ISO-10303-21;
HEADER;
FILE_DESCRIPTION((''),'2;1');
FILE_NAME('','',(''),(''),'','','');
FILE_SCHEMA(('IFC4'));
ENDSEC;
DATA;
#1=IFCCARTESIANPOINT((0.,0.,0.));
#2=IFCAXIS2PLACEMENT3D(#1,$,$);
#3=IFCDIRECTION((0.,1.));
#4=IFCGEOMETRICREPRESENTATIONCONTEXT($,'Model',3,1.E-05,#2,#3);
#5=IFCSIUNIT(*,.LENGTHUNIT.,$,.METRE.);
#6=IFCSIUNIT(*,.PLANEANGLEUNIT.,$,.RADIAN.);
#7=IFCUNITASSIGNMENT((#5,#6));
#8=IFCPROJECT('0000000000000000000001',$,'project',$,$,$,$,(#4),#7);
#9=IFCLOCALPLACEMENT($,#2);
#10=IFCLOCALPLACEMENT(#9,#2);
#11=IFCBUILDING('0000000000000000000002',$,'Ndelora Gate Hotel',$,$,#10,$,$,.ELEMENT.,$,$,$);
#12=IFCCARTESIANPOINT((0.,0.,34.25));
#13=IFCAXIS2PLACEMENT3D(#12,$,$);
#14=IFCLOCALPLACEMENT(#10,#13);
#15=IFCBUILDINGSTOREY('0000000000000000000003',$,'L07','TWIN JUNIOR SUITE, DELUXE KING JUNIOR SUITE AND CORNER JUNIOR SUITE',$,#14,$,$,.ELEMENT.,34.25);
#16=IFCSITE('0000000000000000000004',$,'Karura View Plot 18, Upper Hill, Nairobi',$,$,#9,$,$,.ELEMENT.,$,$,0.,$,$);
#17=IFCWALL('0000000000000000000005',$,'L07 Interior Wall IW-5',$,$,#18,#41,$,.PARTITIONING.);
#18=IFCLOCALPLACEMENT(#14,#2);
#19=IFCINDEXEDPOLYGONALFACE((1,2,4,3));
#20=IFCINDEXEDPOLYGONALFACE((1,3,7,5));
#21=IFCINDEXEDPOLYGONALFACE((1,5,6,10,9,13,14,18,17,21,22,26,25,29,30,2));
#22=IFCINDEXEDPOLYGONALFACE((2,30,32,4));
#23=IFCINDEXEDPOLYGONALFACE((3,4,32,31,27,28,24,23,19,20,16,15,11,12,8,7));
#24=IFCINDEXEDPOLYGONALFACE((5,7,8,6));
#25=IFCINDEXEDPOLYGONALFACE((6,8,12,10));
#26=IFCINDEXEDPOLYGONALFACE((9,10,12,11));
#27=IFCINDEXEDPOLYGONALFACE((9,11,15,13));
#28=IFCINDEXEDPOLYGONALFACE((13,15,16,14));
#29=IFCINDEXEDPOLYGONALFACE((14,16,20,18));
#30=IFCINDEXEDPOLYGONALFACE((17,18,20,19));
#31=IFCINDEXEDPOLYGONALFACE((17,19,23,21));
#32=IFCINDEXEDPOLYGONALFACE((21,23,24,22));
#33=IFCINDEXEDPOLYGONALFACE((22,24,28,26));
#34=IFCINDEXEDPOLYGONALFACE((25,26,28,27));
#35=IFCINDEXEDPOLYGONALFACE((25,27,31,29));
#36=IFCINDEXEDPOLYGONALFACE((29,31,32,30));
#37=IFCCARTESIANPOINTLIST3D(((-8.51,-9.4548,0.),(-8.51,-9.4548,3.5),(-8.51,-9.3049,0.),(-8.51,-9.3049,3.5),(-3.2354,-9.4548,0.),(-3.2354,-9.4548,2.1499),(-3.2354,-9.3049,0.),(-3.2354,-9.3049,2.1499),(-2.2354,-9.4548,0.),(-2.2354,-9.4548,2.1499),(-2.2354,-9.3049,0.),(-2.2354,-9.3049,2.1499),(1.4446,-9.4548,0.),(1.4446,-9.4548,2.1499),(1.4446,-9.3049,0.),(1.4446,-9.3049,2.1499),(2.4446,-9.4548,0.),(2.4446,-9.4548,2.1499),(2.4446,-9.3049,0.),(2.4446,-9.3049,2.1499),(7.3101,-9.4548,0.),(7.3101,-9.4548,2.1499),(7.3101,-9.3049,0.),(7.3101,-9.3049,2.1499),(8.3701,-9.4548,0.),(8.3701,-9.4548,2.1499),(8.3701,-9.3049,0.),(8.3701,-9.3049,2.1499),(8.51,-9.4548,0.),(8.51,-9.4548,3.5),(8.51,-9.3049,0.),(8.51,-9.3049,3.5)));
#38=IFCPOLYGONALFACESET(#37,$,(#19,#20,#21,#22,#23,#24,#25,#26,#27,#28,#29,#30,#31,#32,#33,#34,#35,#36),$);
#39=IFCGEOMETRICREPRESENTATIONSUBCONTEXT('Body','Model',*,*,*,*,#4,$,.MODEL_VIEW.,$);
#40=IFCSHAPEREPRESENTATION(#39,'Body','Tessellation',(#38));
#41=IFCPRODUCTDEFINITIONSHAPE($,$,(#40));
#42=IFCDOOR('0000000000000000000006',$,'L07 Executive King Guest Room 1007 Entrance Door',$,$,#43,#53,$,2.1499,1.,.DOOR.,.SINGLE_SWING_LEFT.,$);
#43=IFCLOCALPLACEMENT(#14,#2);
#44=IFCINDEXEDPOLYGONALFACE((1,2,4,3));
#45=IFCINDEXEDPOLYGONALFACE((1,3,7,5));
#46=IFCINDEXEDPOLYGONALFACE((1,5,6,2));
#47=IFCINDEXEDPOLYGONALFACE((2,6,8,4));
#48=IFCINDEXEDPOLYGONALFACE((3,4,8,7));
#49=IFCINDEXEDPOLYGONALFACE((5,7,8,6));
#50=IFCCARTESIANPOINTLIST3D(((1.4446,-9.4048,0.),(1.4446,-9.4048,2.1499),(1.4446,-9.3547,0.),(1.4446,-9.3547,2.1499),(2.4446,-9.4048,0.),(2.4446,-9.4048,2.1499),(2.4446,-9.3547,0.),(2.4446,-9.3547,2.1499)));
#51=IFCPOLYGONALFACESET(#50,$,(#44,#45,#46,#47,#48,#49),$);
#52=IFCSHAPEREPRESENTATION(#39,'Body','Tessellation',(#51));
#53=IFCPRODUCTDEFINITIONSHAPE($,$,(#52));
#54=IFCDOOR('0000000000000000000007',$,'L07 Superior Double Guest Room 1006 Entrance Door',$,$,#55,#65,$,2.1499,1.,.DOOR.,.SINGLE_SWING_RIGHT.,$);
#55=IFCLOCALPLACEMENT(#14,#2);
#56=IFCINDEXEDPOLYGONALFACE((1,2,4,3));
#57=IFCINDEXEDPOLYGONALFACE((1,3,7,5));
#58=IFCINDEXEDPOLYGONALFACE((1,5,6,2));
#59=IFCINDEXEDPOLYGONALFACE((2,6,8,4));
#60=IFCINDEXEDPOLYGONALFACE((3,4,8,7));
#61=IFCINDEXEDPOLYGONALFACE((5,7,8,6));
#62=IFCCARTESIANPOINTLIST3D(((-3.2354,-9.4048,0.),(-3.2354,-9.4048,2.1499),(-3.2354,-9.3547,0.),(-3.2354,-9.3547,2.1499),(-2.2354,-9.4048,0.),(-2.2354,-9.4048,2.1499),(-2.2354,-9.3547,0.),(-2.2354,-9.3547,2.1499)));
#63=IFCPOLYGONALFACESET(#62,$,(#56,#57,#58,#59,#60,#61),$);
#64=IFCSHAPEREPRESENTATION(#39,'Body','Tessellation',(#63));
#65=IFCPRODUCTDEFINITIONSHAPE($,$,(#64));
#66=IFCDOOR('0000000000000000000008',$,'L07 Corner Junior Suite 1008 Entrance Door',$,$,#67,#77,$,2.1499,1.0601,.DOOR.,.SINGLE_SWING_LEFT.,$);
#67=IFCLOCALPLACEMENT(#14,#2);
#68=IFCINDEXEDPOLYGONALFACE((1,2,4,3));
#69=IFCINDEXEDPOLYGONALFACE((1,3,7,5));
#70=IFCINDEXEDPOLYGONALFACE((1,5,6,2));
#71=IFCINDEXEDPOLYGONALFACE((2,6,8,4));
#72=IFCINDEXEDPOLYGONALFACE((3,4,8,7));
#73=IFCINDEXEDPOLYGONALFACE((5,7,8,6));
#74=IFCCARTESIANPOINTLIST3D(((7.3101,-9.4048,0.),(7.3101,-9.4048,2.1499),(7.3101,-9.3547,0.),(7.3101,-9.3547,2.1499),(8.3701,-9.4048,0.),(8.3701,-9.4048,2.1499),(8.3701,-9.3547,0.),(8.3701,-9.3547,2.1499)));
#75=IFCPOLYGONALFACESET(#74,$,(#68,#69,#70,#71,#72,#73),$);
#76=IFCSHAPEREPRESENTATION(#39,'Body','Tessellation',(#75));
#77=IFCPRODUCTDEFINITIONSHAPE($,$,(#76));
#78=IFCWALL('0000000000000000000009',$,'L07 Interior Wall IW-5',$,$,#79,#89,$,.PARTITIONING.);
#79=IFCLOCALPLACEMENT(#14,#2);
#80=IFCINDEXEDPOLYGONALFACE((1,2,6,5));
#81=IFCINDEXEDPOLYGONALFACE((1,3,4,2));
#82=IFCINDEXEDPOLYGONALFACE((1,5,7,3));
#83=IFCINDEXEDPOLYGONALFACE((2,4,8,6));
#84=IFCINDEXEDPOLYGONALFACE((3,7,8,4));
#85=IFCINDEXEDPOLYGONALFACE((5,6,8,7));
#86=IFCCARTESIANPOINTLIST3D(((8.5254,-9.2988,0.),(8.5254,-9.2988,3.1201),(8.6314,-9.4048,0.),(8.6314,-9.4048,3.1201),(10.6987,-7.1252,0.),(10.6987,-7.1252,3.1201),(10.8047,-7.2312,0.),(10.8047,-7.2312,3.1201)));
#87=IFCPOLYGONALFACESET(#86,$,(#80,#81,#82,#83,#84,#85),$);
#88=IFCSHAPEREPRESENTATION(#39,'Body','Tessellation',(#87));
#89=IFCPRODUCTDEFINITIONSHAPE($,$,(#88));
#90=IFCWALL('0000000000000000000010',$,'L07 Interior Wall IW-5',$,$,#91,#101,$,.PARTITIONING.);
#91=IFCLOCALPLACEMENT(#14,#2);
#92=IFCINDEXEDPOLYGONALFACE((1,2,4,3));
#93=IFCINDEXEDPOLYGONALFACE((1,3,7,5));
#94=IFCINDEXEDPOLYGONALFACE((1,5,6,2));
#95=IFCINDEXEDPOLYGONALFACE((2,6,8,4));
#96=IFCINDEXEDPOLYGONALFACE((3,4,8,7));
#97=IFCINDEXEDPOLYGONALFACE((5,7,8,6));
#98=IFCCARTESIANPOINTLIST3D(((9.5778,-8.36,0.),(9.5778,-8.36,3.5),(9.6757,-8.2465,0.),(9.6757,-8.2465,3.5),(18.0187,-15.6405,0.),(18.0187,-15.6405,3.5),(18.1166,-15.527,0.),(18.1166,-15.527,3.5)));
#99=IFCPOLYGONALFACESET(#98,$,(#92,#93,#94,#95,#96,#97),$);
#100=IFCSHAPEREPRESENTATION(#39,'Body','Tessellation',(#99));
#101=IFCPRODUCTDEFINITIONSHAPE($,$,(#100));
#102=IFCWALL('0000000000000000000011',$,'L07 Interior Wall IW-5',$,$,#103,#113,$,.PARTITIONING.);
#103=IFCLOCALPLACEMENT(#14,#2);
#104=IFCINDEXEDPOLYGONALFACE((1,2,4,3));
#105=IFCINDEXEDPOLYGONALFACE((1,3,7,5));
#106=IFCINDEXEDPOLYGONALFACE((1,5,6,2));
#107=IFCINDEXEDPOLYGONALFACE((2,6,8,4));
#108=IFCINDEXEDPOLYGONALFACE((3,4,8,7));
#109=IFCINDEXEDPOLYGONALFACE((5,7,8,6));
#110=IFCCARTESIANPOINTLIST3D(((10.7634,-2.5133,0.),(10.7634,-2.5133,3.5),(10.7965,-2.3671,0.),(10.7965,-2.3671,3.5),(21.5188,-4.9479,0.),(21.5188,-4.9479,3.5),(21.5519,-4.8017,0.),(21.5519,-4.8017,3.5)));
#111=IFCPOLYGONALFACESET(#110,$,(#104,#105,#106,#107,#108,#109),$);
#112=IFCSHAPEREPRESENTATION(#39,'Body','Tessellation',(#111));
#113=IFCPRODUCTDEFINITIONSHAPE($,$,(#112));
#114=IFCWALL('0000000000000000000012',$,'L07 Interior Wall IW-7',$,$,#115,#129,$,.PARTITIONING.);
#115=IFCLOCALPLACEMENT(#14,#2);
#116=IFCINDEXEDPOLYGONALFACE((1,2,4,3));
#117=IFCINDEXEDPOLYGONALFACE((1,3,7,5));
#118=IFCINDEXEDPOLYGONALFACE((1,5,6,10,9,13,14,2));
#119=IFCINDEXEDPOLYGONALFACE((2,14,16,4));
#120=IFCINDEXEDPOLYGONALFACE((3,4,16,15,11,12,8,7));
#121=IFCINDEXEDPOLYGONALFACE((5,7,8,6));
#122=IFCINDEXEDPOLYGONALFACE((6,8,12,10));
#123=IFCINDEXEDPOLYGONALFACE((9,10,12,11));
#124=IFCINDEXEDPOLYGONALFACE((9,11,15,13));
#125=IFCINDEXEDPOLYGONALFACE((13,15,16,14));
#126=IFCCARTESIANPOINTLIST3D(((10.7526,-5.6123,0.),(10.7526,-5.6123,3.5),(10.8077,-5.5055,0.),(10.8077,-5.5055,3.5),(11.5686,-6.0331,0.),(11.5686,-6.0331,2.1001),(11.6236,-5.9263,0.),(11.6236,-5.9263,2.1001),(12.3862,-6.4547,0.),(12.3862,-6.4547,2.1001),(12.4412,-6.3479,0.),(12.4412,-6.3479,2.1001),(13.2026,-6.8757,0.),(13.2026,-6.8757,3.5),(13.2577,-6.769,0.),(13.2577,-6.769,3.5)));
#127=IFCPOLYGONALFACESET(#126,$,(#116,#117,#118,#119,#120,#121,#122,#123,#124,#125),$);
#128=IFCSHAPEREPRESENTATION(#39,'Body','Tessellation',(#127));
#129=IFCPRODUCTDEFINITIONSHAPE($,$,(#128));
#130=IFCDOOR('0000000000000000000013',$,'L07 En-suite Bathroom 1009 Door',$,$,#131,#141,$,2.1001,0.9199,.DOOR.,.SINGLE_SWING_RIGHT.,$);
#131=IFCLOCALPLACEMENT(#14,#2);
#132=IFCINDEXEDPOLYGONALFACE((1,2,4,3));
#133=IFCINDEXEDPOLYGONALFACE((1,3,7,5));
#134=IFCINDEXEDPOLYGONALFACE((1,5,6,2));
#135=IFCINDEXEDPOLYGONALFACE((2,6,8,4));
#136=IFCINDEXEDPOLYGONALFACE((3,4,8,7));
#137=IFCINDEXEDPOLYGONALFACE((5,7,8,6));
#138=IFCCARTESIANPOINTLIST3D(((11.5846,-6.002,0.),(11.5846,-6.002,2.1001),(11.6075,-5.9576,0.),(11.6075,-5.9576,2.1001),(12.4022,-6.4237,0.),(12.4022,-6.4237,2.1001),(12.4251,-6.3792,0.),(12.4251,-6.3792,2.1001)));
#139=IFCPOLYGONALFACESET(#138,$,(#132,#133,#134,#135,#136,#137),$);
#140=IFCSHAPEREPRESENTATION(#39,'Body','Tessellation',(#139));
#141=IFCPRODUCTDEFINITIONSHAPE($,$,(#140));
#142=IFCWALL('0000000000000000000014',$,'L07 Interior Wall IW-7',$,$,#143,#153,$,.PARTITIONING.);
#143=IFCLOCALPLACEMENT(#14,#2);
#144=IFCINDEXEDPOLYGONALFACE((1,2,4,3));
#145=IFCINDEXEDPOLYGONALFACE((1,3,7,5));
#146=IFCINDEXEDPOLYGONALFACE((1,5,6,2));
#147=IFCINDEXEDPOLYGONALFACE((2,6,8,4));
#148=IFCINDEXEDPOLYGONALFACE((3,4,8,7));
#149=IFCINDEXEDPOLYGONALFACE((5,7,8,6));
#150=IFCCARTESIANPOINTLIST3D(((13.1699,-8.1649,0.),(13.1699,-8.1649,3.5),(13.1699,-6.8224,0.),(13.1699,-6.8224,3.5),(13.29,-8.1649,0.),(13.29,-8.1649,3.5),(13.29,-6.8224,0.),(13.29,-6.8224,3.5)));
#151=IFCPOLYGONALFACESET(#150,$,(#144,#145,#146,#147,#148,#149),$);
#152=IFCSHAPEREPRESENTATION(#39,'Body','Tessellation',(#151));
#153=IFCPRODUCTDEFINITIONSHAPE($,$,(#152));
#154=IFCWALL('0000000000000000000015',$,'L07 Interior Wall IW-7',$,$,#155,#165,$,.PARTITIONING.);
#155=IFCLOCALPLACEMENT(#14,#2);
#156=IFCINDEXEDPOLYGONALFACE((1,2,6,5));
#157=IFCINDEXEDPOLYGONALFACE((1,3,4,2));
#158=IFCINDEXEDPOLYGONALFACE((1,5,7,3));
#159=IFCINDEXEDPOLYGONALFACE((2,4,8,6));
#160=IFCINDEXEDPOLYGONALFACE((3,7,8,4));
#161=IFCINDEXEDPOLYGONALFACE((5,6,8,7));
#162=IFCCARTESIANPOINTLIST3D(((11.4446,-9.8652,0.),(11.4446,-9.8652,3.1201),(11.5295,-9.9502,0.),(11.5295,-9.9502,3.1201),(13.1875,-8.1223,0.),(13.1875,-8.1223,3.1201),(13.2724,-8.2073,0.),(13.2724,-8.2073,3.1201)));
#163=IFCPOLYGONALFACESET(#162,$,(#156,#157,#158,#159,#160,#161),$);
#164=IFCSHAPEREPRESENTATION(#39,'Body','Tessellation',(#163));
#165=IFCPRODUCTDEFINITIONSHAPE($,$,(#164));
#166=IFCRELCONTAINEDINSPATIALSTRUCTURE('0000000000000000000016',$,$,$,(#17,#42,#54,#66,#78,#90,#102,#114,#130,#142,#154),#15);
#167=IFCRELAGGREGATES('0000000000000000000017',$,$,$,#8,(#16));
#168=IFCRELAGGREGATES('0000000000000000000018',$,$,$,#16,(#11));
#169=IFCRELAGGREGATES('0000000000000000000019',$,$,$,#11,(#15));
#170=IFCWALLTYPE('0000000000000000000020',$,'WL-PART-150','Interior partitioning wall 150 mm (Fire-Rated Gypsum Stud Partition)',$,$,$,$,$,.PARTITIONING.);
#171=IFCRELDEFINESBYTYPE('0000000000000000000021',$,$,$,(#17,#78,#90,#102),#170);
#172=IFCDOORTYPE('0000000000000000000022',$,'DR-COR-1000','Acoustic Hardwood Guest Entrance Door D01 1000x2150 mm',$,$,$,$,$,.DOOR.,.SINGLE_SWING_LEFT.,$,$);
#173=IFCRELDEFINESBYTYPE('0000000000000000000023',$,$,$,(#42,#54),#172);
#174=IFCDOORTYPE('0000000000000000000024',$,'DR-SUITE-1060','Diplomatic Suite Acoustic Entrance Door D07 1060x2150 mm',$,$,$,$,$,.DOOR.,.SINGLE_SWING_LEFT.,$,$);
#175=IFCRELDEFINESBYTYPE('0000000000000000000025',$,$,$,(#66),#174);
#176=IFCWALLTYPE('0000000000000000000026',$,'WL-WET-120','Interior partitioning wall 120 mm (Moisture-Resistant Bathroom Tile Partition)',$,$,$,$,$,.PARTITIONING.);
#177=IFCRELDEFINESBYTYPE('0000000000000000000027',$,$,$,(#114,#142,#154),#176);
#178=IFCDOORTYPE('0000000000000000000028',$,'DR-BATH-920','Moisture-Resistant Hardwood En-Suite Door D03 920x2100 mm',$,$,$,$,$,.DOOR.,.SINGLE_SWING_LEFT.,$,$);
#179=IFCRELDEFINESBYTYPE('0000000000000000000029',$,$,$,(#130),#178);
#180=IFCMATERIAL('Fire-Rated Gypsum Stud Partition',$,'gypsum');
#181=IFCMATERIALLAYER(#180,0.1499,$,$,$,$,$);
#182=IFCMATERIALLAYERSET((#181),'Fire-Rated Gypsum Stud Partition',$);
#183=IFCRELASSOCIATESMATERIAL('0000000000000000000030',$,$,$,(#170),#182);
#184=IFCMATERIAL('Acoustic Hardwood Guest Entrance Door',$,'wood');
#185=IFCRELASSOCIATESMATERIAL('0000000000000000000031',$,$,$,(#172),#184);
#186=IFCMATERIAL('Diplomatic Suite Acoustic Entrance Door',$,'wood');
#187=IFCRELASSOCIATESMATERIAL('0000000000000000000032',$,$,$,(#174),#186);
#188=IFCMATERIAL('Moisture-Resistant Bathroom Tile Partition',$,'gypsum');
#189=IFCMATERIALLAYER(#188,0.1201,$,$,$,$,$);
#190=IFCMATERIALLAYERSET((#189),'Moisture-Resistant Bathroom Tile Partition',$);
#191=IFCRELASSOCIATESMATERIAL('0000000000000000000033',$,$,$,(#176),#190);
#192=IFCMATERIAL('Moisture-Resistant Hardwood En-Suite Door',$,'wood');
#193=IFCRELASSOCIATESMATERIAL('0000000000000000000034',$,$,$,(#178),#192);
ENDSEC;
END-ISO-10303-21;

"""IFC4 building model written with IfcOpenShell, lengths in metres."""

from ifc_helpers import new_model, si_unit, direction, frame, frame_2d, origin, place, context, subcontext, project, spatial, rectangle, extrude, material, layer, layer_set, type_object, element, fill, save


model = new_model("IFC4")

# Units and contexts
model_context = context("Model", 3, precision=1e-05, world=origin(), true_north=direction((0.0, 1.0)))
body_context = subcontext(model_context, "Body", "Model", "MODEL_VIEW")
ifc_project = project(units=[si_unit("LENGTHUNIT", "METRE"), si_unit("PLANEANGLEUNIT", "RADIAN")], contexts=[model_context])

# Site, building, storey
site_placement = place(None, origin())
site = spatial("IfcSite", under=ifc_project, at=site_placement, Name="Karura View Plot 18, Upper Hill, Nairobi", CompositionType="ELEMENT", RefElevation=0.0)
building_placement = place(site_placement, origin())
building = spatial("IfcBuilding", under=site, at=building_placement, Name="Ndelora Gate Hotel", CompositionType="ELEMENT")
storey_placement = place(building_placement, frame((0.0, 0.0, 34.25)))
storey = spatial("IfcBuildingStorey", under=building, at=storey_placement, Name="L07", Description="TWIN JUNIOR SUITE, DELUXE KING JUNIOR SUITE AND CORNER JUNIOR SUITE", CompositionType="ELEMENT", Elevation=34.25)

# Wall, openings, doors
ifc_material_1 = material(Name="Fire-Rated Gypsum Stud Partition", Category="gypsum")
ifc_layer_1 = layer(ifc_material_1, 0.1499)
ifc_layer_set_1 = layer_set([ifc_layer_1], Name="Fire-Rated Gypsum Stud Partition")
wall_type_1 = type_object("IfcWallType", Name="WL-PART-150", Description="Interior partitioning wall 150 mm (Fire-Rated Gypsum Stud Partition)", PredefinedType="PARTITIONING", material=ifc_layer_set_1)
wall_1_placement = place(storey_placement, frame((8.51, -9.3799, 0.0), z_axis=(0.0, 0.0, 1.0), x_axis=(-1.0, 0.0, 0.0)))
wall_1 = element("IfcWall", 1, at=wall_1_placement, inside=storey, type_object=wall_type_1, Name="L07 Interior Wall IW-5", PredefinedType="PARTITIONING", context=body_context, shape_type="SweptSolid", body=[
    extrude(rectangle(XDim=17.02, YDim=0.1499, at=frame_2d((8.51, 0.0))), origin(), (0.0, 0.0, 1.0), 3.5),
])
opening_1_placement = place(wall_1_placement, frame((6.0654, 0.0, 0.0)))
opening_1 = element("IfcOpeningElement", 2, at=opening_1_placement, cuts=wall_1, PredefinedType="OPENING", context=body_context, shape_type="SweptSolid", body=[
    extrude(rectangle(XDim=1.0, YDim=2.1499, at=frame_2d((0.5, 1.075))), frame((0.0, 0.085, 0.0), z_axis=(0.0, -1.0, 0.0), x_axis=(1.0, 0.0, 0.0)), (0.0, 0.0, 1.0), 0.1699),
])
opening_2_placement = place(wall_1_placement, frame((10.7454, 0.0, 0.0)))
opening_2 = element("IfcOpeningElement", 3, at=opening_2_placement, cuts=wall_1, PredefinedType="OPENING", context=body_context, shape_type="SweptSolid", body=[
    extrude(rectangle(XDim=1.0, YDim=2.1499, at=frame_2d((0.5, 1.075))), frame((0.0, 0.085, 0.0), z_axis=(0.0, -1.0, 0.0), x_axis=(1.0, 0.0, 0.0)), (0.0, 0.0, 1.0), 0.1699),
])
opening_3_placement = place(wall_1_placement, frame((0.1399, 0.0, 0.0)))
opening_3 = element("IfcOpeningElement", 4, at=opening_3_placement, cuts=wall_1, PredefinedType="OPENING", context=body_context, shape_type="SweptSolid", body=[
    extrude(rectangle(XDim=1.0601, YDim=2.1499, at=frame_2d((0.53, 1.075))), frame((0.0, 0.085, 0.0), z_axis=(0.0, -1.0, 0.0), x_axis=(1.0, 0.0, 0.0)), (0.0, 0.0, 1.0), 0.1699),
])
ifc_material_2 = material(Name="Acoustic Hardwood Guest Entrance Door", Category="wood")
door_type_1 = type_object("IfcDoorType", Name="DR-COR-1000", Description="Acoustic Hardwood Guest Entrance Door D01 1000x2150 mm", OperationType="SINGLE_SWING_LEFT", PredefinedType="DOOR", material=ifc_material_2)
door_1_placement = place(opening_1_placement, origin())
door_1 = element("IfcDoor", 5, at=door_1_placement, inside=storey, type_object=door_type_1, Name="L07 Executive King Guest Room 1007 Entrance Door", OperationType="SINGLE_SWING_LEFT", OverallHeight=2.1499, OverallWidth=1.0, PredefinedType="DOOR", context=body_context, shape_type="SweptSolid", body=[
    extrude(rectangle(XDim=1.0, YDim=2.1499, at=frame_2d((0.5, 1.075))), frame((0.0, 0.0249, 0.0), z_axis=(0.0, -1.0, 0.0), x_axis=(1.0, 0.0, 0.0)), (0.0, 0.0, 1.0), 0.05),
])
fill(opening_1, door_1)
door_2_placement = place(opening_2_placement, origin())
door_2 = element("IfcDoor", 6, at=door_2_placement, inside=storey, type_object=door_type_1, Name="L07 Superior Double Guest Room 1006 Entrance Door", OperationType="SINGLE_SWING_RIGHT", OverallHeight=2.1499, OverallWidth=1.0, PredefinedType="DOOR", context=body_context, shape_type="SweptSolid", body=[
    extrude(rectangle(XDim=1.0, YDim=2.1499, at=frame_2d((0.5, 1.075))), frame((0.0, 0.0249, 0.0), z_axis=(0.0, -1.0, 0.0), x_axis=(1.0, 0.0, 0.0)), (0.0, 0.0, 1.0), 0.05),
])
fill(opening_2, door_2)
ifc_material_3 = material(Name="Diplomatic Suite Acoustic Entrance Door", Category="wood")
door_type_2 = type_object("IfcDoorType", Name="DR-SUITE-1060", Description="Diplomatic Suite Acoustic Entrance Door D07 1060x2150 mm", OperationType="SINGLE_SWING_LEFT", PredefinedType="DOOR", material=ifc_material_3)
door_3_placement = place(opening_3_placement, origin())
door_3 = element("IfcDoor", 7, at=door_3_placement, inside=storey, type_object=door_type_2, Name="L07 Corner Junior Suite 1008 Entrance Door", OperationType="SINGLE_SWING_LEFT", OverallHeight=2.1499, OverallWidth=1.0601, PredefinedType="DOOR", context=body_context, shape_type="SweptSolid", body=[
    extrude(rectangle(XDim=1.0601, YDim=2.1499, at=frame_2d((0.53, 1.075))), frame((0.0, 0.0249, 0.0), z_axis=(0.0, -1.0, 0.0), x_axis=(1.0, 0.0, 0.0)), (0.0, 0.0, 1.0), 0.05),
])
fill(opening_3, door_3)

# Walls
wall_2_placement = place(storey_placement, frame((10.7517, -7.1782, 0.0), z_axis=(0.0, 0.0, 1.0), x_axis=(-0.707067, -0.707146, 0.0)))
element("IfcWall", 8, at=wall_2_placement, inside=storey, type_object=wall_type_1, Name="L07 Interior Wall IW-5", PredefinedType="PARTITIONING", context=body_context, shape_type="SweptSolid", body=[
    extrude(rectangle(XDim=3.0737, YDim=0.1499, at=frame_2d((1.5369, 0.0))), origin(), (0.0, 0.0, 1.0), 3.1201),
])
wall_3_placement = place(storey_placement, frame((9.6267, -8.3032, 0.0), z_axis=(0.0, 0.0, 1.0), x_axis=(0.757238, -0.653138, 0.0)))
element("IfcWall", 9, at=wall_3_placement, inside=storey, type_object=wall_type_1, Name="L07 Interior Wall IW-5", PredefinedType="PARTITIONING", context=body_context, shape_type="SweptSolid", body=[
    extrude(rectangle(XDim=11.147, YDim=0.1499, at=frame_2d((5.5735, 0.0))), origin(), (0.0, 0.0, 1.0), 3.5),
])
wall_4_placement = place(storey_placement, frame((10.78, -2.4402, 0.0), z_axis=(0.0, 0.0, 1.0), x_axis=(0.975325, -0.220773, 0.0)))
element("IfcWall", 10, at=wall_4_placement, inside=storey, type_object=wall_type_1, Name="L07 Interior Wall IW-5", PredefinedType="PARTITIONING", context=body_context, shape_type="SweptSolid", body=[
    extrude(rectangle(XDim=11.0276, YDim=0.1499, at=frame_2d((5.5137, 0.0))), origin(), (0.0, 0.0, 1.0), 3.5),
])

# Wall, opening, door
ifc_material_4 = material(Name="Moisture-Resistant Bathroom Tile Partition", Category="gypsum")
ifc_layer_2 = layer(ifc_material_4, 0.1201)
ifc_layer_set_2 = layer_set([ifc_layer_2], Name="Moisture-Resistant Bathroom Tile Partition")
wall_type_2 = type_object("IfcWallType", Name="WL-WET-120", Description="Interior partitioning wall 120 mm (Moisture-Resistant Bathroom Tile Partition)", PredefinedType="PARTITIONING", material=ifc_layer_set_2)
wall_5_placement = place(storey_placement, frame((10.78, -5.5588, 0.0), z_axis=(0.0, 0.0, 1.0), x_axis=(0.888778, -0.458338, 0.0)))
wall_5 = element("IfcWall", 11, at=wall_5_placement, inside=storey, type_object=wall_type_2, Name="L07 Interior Wall IW-7", PredefinedType="PARTITIONING", context=body_context, shape_type="SweptSolid", body=[
    extrude(rectangle(XDim=2.7566, YDim=0.1201, at=frame_2d((1.3784, 0.0))), origin(), (0.0, 0.0, 1.0), 3.5),
])
opening_4_placement = place(wall_5_placement, frame((0.9182, 0.0, 0.0)))
opening_4 = element("IfcOpeningElement", 12, at=opening_4_placement, cuts=wall_5, PredefinedType="OPENING", context=body_context, shape_type="SweptSolid", body=[
    extrude(rectangle(XDim=0.9199, YDim=2.1001, at=frame_2d((0.46, 1.05))), frame((0.0, 0.0701, 0.0), z_axis=(0.0, -1.0, 0.0), x_axis=(1.0, 0.0, 0.0)), (0.0, 0.0, 1.0), 0.1401),
])
ifc_material_5 = material(Name="Moisture-Resistant Hardwood En-Suite Door", Category="wood")
door_type_3 = type_object("IfcDoorType", Name="DR-BATH-920", Description="Moisture-Resistant Hardwood En-Suite Door D03 920x2100 mm", OperationType="SINGLE_SWING_LEFT", PredefinedType="DOOR", material=ifc_material_5)
door_4_placement = place(opening_4_placement, origin())
door_4 = element("IfcDoor", 13, at=door_4_placement, inside=storey, type_object=door_type_3, Name="L07 En-suite Bathroom 1009 Door", OperationType="SINGLE_SWING_RIGHT", OverallHeight=2.1001, OverallWidth=0.9199, PredefinedType="DOOR", context=body_context, shape_type="SweptSolid", body=[
    extrude(rectangle(XDim=0.9199, YDim=2.1001, at=frame_2d((0.46, 1.05))), frame((0.0, 0.0249, 0.0), z_axis=(0.0, -1.0, 0.0), x_axis=(1.0, 0.0, 0.0)), (0.0, 0.0, 1.0), 0.05),
])
fill(opening_4, door_4)

# Walls
wall_6_placement = place(storey_placement, frame((13.23, -6.8223, 0.0), z_axis=(0.0, 0.0, 1.0), x_axis=(0.0, -1.0, 0.0)))
element("IfcWall", 14, at=wall_6_placement, inside=storey, type_object=wall_type_2, Name="L07 Interior Wall IW-7", PredefinedType="PARTITIONING", context=body_context, shape_type="SweptSolid", body=[
    extrude(rectangle(XDim=1.3425, YDim=0.1201, at=frame_2d((0.6714, 0.0))), origin(), (0.0, 0.0, 1.0), 3.5),
])
wall_7_placement = place(storey_placement, frame((13.23, -8.1648, 0.0), z_axis=(0.0, 0.0, 1.0), x_axis=(-0.707107, -0.707107, 0.0)))
element("IfcWall", 15, at=wall_7_placement, inside=storey, type_object=wall_type_2, Name="L07 Interior Wall IW-7", PredefinedType="PARTITIONING", context=body_context, shape_type="SweptSolid", body=[
    extrude(rectangle(XDim=2.4648, YDim=0.1201, at=frame_2d((1.2324, 0.0))), origin(), (0.0, 0.0, 1.0), 3.1201),
])

save(model, "model.ifc")
